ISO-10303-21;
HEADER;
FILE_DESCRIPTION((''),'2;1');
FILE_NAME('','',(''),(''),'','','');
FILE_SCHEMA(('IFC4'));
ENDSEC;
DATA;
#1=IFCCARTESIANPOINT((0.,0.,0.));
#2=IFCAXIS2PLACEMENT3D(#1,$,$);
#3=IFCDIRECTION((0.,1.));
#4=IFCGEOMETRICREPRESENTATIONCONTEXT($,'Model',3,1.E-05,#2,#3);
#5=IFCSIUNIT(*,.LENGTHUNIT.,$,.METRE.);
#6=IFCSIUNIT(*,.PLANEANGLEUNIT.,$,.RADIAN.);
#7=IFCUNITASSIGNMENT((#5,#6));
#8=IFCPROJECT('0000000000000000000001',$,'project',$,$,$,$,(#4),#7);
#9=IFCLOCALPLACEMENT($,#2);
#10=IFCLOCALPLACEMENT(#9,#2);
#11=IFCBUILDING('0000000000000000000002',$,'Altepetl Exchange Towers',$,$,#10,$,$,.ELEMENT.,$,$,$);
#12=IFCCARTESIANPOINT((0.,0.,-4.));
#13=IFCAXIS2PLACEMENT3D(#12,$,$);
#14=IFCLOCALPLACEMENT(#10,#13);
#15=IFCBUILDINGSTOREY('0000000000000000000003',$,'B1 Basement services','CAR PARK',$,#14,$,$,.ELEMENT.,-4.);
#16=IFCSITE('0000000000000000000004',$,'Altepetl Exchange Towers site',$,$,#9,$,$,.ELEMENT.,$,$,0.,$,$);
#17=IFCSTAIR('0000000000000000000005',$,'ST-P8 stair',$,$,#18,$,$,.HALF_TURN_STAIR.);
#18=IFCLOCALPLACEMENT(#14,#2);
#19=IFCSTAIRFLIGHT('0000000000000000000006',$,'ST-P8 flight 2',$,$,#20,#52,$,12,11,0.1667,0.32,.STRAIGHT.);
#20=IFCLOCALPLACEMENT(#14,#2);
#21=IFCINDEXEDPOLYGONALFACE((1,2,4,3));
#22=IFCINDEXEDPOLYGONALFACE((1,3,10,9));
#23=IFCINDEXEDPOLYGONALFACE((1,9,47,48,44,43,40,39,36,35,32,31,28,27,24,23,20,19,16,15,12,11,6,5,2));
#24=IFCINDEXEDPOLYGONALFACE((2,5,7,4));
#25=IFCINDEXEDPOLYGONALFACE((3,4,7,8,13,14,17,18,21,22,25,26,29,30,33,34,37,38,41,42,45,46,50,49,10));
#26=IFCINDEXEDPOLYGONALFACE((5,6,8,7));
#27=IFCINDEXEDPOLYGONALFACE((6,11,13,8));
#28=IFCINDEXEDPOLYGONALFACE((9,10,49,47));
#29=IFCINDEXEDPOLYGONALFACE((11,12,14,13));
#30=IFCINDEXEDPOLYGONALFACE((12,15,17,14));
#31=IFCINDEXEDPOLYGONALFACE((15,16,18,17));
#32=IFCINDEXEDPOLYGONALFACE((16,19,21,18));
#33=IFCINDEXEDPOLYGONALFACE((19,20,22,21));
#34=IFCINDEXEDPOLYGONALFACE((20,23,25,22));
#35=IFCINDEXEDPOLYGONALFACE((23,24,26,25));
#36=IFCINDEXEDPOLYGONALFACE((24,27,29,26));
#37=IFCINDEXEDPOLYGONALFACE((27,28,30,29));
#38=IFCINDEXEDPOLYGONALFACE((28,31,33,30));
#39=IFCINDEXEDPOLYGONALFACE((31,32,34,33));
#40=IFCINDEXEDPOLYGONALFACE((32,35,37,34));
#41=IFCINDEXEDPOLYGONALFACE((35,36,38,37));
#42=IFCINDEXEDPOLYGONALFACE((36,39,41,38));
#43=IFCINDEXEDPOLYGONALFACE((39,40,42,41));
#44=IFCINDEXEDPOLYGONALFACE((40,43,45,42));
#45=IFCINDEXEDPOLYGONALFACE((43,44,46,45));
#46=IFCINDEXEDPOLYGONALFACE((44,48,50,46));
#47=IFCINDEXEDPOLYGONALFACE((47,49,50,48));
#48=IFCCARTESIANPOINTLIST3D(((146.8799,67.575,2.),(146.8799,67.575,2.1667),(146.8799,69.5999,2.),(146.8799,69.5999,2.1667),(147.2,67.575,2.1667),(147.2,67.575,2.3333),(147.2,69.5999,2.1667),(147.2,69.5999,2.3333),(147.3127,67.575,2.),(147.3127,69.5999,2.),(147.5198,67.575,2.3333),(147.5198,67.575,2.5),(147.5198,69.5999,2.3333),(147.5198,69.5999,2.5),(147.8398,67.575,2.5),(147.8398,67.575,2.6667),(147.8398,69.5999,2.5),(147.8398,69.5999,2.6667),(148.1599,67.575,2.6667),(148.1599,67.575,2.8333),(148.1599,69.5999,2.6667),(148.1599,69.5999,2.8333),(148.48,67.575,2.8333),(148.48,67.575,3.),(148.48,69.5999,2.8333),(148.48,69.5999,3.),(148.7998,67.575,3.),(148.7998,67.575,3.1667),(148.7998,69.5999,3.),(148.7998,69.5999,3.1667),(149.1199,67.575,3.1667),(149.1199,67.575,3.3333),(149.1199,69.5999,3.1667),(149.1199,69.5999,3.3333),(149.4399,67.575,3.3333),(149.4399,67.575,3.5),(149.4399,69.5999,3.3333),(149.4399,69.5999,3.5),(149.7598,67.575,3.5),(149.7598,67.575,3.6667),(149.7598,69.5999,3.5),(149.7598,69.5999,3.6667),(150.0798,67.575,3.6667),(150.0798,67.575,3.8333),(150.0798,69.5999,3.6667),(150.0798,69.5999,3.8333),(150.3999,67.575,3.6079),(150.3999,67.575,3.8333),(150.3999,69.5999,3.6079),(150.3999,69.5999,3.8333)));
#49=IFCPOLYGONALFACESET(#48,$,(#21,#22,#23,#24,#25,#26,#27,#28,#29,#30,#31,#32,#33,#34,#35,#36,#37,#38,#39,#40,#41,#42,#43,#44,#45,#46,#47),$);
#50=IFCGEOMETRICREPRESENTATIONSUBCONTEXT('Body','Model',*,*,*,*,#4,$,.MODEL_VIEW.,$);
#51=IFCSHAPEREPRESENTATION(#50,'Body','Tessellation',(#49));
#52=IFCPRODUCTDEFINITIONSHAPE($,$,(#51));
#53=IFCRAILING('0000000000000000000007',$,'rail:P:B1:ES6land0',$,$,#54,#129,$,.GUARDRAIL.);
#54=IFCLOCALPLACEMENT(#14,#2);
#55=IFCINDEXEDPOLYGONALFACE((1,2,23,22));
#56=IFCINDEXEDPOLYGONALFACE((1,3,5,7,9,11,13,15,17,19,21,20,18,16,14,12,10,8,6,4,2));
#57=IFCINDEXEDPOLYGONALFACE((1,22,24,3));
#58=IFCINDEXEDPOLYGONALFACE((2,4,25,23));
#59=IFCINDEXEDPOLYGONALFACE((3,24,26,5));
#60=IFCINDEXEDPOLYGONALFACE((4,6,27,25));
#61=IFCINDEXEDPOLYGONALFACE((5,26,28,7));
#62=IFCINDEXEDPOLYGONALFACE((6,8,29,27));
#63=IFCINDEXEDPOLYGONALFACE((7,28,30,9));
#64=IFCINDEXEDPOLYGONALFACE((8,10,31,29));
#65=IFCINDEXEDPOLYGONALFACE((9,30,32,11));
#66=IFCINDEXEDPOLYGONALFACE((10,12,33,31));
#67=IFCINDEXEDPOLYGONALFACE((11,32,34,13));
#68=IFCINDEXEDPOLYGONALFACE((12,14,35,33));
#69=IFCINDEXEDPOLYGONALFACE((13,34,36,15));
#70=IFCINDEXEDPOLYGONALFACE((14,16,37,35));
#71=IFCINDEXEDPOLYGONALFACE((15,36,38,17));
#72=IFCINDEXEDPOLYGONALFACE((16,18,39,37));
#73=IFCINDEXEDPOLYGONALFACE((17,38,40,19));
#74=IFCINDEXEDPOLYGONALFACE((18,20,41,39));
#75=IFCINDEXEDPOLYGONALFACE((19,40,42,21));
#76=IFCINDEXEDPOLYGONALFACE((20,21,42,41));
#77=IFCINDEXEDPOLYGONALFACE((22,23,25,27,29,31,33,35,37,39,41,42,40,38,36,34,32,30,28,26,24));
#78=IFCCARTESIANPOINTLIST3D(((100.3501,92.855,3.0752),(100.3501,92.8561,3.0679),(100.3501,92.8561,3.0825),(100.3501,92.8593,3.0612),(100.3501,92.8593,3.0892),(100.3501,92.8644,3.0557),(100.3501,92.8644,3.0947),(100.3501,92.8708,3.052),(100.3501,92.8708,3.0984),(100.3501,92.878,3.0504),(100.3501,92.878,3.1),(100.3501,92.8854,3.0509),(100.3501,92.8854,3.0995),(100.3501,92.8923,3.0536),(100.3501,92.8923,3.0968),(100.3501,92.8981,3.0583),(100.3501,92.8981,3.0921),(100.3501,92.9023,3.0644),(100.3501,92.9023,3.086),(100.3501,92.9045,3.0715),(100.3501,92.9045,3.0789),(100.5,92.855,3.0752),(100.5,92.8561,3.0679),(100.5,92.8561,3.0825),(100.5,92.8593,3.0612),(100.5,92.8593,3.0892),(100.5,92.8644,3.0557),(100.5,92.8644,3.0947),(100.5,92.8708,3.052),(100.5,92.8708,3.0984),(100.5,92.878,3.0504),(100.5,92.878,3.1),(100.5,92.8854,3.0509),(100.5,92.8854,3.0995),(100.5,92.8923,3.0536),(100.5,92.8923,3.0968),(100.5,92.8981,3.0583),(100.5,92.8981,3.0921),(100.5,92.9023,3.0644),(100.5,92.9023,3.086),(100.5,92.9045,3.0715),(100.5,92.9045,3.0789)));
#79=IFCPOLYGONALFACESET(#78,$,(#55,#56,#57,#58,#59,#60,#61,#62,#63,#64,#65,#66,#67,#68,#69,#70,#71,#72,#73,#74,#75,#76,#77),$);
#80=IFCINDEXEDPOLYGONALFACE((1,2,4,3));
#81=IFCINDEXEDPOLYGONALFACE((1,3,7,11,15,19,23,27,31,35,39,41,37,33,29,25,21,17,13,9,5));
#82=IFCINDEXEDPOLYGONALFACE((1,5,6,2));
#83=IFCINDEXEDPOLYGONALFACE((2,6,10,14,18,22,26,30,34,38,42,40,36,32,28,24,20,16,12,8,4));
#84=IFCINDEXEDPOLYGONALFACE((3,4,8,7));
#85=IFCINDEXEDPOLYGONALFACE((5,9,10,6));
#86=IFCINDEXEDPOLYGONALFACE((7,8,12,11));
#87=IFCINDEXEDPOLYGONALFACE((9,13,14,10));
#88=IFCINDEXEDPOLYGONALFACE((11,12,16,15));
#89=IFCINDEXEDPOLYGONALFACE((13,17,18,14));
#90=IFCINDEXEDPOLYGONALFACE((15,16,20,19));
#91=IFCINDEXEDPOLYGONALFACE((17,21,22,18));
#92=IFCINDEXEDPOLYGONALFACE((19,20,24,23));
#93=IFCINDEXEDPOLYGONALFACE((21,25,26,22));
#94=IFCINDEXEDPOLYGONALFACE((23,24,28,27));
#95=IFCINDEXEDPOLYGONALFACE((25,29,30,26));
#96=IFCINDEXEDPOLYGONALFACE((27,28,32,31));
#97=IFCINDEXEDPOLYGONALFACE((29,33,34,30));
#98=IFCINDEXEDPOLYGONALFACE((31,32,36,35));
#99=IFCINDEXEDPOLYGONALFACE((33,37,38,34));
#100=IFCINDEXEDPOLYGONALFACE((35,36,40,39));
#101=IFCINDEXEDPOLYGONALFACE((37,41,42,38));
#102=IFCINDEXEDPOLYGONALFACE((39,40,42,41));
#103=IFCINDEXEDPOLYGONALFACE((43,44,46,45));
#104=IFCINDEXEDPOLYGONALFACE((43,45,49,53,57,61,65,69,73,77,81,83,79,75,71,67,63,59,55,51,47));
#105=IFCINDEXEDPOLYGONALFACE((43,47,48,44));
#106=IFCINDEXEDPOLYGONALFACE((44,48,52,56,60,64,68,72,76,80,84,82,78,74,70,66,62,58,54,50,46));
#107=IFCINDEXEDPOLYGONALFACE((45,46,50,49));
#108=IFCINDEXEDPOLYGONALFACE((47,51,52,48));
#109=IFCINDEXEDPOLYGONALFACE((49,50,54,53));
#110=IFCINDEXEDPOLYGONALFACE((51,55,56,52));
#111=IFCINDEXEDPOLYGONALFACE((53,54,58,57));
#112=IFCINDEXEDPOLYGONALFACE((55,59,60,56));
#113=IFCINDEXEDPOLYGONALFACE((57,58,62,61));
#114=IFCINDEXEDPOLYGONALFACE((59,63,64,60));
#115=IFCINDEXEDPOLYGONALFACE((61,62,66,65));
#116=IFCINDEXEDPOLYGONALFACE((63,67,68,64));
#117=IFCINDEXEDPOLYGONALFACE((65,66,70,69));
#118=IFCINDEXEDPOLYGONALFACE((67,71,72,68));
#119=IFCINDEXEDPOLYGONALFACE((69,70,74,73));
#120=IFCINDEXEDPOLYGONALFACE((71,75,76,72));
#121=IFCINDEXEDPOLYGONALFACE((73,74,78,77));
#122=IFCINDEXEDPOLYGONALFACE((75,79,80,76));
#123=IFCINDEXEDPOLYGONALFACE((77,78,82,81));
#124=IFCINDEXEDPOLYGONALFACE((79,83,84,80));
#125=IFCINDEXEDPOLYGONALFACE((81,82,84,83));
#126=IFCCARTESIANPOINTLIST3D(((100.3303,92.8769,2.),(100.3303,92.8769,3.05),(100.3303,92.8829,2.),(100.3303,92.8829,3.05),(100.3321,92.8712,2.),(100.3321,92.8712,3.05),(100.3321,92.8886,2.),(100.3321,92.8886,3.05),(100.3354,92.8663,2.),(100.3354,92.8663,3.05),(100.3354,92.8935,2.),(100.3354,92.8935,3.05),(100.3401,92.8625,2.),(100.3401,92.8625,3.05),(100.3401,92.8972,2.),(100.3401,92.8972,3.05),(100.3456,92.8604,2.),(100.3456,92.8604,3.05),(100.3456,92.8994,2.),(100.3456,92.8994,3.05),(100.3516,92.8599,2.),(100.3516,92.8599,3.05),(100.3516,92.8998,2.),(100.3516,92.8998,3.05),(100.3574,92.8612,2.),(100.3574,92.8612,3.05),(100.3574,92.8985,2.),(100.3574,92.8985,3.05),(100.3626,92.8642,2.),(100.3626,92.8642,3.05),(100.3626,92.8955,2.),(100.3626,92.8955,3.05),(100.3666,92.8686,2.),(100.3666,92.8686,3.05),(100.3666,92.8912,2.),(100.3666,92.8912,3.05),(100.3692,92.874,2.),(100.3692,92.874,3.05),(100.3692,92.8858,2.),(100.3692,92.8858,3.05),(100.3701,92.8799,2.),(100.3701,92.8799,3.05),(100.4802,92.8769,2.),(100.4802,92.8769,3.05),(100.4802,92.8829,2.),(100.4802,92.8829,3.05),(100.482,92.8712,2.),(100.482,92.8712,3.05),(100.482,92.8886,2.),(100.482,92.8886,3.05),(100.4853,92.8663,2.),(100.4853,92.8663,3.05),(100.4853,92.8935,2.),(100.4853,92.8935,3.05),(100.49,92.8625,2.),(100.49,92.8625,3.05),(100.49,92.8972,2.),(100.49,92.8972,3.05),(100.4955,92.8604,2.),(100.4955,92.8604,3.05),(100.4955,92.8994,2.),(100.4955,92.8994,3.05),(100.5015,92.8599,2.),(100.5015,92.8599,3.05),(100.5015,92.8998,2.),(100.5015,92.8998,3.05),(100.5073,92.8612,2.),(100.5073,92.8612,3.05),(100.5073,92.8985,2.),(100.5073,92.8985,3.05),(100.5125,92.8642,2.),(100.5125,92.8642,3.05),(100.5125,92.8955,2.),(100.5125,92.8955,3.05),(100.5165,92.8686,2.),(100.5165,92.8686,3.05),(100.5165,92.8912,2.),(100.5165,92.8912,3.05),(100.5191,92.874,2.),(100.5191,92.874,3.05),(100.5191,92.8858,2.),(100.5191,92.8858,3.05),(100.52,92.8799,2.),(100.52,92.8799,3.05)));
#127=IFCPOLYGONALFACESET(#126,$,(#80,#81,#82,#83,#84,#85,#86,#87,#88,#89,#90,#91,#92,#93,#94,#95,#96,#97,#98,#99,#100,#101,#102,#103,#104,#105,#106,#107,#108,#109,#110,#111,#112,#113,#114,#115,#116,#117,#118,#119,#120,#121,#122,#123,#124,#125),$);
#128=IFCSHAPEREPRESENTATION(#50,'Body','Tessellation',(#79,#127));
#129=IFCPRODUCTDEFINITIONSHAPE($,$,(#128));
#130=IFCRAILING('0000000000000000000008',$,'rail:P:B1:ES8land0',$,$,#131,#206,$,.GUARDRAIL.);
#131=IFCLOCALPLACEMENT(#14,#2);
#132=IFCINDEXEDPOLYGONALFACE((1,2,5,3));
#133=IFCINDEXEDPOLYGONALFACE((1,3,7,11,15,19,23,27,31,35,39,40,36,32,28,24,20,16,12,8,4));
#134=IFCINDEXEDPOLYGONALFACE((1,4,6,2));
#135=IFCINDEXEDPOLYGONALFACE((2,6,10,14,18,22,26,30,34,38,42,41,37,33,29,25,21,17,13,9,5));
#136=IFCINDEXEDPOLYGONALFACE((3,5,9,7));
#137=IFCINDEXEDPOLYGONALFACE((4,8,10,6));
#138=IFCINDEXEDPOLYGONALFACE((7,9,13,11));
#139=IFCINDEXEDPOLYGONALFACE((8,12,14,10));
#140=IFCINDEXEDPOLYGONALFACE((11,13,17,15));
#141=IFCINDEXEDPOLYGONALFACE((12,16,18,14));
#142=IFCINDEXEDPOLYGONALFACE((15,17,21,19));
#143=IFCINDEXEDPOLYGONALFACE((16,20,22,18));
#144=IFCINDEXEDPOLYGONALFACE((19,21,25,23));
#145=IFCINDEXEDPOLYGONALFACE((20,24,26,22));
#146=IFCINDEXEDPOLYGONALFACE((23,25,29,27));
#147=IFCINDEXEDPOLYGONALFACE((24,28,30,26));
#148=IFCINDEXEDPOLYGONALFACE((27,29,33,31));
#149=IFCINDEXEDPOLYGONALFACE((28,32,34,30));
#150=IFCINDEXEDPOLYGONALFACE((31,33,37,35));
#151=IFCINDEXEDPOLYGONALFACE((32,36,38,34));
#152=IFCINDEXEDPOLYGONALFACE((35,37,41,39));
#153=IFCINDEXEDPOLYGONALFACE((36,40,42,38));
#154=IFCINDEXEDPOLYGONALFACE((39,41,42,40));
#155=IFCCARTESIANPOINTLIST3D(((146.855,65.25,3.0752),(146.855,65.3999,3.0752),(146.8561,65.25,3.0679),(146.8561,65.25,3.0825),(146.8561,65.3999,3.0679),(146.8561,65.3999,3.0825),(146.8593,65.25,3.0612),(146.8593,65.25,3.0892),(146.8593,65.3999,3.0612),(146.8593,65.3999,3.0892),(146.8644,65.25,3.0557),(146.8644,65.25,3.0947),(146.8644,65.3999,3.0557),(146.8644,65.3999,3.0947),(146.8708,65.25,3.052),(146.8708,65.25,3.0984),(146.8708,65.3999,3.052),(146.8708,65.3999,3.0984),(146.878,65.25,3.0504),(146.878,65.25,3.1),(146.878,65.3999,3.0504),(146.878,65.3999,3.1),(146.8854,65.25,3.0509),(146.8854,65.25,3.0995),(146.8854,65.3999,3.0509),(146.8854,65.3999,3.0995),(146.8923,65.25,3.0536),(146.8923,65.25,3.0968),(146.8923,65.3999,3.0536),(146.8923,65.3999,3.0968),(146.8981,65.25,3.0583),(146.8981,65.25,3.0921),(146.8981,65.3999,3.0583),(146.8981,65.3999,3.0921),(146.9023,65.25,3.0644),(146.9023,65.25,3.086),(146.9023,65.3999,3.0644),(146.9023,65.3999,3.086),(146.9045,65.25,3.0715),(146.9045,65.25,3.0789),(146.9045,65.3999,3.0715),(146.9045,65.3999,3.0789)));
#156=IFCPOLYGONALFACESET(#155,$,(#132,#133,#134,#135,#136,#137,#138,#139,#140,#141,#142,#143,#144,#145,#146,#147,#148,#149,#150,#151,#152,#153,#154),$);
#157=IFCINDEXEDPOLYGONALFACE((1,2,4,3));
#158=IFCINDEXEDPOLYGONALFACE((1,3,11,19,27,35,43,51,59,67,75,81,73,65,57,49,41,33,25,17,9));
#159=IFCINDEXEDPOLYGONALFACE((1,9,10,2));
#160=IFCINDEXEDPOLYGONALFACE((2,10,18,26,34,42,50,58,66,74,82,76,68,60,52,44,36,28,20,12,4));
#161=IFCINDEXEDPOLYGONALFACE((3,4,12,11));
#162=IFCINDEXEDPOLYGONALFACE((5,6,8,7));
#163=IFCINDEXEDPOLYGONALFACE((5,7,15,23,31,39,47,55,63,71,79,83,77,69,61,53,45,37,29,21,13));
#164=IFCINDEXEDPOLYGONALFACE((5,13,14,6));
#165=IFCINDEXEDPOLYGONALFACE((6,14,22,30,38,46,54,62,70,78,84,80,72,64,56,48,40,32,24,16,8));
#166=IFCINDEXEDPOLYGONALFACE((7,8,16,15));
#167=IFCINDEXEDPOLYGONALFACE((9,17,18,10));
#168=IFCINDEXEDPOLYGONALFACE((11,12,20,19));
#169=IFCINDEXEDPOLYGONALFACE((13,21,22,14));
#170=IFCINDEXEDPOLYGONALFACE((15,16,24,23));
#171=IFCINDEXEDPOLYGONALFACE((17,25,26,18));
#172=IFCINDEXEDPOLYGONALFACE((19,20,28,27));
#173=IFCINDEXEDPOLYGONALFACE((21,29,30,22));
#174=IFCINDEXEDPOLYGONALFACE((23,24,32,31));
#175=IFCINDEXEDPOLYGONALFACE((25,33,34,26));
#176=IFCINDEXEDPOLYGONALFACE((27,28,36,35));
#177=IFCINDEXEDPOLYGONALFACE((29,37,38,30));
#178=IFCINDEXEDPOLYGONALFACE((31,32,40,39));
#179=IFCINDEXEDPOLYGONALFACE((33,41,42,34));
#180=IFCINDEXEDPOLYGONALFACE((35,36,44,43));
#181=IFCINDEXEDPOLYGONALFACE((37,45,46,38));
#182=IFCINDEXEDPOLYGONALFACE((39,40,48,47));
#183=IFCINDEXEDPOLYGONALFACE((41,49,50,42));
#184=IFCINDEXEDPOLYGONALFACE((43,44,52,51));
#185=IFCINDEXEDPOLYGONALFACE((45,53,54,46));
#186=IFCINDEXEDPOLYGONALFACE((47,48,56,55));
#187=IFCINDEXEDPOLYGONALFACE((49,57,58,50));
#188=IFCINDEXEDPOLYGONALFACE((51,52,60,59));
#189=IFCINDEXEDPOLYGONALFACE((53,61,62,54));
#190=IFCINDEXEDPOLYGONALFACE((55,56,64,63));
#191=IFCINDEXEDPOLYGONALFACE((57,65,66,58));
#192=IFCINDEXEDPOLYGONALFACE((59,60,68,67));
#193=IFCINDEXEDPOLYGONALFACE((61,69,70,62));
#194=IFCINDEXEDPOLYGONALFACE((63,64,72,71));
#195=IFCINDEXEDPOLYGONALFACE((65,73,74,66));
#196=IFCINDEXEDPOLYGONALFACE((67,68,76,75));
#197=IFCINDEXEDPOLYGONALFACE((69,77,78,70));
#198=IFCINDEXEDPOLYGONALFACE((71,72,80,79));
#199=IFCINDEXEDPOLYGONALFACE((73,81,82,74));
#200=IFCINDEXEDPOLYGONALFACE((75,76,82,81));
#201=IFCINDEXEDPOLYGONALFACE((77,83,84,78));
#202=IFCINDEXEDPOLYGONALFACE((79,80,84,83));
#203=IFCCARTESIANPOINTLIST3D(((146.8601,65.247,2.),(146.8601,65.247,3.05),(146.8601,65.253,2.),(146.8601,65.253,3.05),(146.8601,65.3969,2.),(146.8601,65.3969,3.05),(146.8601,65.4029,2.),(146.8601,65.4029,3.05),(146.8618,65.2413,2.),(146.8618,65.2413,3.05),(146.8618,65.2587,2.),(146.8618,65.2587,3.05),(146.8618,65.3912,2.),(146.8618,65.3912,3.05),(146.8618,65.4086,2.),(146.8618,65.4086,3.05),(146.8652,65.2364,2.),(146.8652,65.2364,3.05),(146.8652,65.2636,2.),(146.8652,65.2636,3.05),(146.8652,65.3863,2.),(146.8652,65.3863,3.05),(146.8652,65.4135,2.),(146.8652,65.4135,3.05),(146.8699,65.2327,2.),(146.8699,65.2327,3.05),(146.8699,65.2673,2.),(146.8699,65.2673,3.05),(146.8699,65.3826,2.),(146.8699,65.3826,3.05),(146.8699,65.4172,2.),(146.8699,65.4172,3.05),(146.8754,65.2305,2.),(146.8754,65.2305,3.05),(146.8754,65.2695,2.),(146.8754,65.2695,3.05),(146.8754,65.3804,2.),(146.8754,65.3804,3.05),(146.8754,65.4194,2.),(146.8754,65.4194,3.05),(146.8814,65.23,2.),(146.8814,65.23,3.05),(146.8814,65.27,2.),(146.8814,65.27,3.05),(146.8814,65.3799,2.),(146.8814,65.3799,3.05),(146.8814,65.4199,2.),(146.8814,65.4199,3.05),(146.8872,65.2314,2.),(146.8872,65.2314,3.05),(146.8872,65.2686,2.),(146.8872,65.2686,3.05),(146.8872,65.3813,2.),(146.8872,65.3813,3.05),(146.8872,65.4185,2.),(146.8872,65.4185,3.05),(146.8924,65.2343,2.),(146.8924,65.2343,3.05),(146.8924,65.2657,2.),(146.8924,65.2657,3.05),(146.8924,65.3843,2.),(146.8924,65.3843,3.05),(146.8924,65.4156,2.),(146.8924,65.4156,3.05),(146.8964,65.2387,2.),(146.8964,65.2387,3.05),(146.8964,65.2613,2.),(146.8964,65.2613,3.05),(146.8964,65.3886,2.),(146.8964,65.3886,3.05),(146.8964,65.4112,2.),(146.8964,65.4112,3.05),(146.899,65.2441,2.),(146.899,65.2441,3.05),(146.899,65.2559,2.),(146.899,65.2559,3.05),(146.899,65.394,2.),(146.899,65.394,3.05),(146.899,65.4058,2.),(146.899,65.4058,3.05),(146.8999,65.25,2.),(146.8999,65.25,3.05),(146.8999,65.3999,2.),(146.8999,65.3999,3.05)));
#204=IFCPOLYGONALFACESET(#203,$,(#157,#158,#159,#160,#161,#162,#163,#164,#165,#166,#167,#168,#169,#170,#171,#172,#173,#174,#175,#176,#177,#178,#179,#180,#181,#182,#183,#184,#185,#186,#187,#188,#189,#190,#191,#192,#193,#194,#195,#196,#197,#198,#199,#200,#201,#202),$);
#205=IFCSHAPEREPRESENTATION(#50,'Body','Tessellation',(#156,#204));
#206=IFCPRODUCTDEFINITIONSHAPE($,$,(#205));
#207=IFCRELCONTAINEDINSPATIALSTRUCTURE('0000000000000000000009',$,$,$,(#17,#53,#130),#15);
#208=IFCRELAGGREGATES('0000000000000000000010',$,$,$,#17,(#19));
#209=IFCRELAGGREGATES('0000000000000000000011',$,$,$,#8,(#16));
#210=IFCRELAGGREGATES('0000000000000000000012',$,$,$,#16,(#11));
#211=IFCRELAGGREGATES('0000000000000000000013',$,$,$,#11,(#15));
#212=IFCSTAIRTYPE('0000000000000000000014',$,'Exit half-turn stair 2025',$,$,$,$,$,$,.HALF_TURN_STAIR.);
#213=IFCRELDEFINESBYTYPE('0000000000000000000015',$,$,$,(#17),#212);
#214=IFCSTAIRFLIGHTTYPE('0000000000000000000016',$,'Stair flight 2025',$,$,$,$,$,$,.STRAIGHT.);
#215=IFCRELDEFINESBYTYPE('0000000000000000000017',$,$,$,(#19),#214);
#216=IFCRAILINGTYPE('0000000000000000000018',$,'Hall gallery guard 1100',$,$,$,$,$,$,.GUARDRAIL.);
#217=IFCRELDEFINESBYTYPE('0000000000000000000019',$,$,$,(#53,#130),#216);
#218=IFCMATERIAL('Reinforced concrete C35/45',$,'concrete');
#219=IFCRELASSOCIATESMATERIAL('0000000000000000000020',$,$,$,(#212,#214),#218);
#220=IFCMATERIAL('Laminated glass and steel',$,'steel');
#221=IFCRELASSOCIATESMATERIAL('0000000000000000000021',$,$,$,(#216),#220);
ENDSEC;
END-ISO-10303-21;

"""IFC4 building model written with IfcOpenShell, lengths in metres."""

from ifc_helpers import new_model, si_unit, direction, frame, origin, origin_2d, place, context, subcontext, project, spatial, polyline, circle, outline, extrude, source, transform, mapped, material, type_object, element, aggregate, save


model = new_model("IFC4")

# Units and contexts
model_context = context("Model", 3, precision=1e-05, world=origin(), true_north=direction((0.0, 1.0)))
body_context = subcontext(model_context, "Body", "Model", "MODEL_VIEW")
ifc_project = project(units=[si_unit("LENGTHUNIT", "METRE"), si_unit("PLANEANGLEUNIT", "RADIAN")], contexts=[model_context])

# Site, building, storey
site_placement = place(None, origin())
site = spatial("IfcSite", under=ifc_project, at=site_placement, Name="Altepetl Exchange Towers site", CompositionType="ELEMENT", RefElevation=0.0)
building_placement = place(site_placement, origin())
building = spatial("IfcBuilding", under=site, at=building_placement, Name="Altepetl Exchange Towers", CompositionType="ELEMENT")
storey_placement = place(building_placement, frame((0.0, 0.0, -4.0)))
storey = spatial("IfcBuildingStorey", under=building, at=storey_placement, Name="B1 Basement services", Description="CAR PARK", CompositionType="ELEMENT", Elevation=-4.0)

# Shared definitions
ifc_material_1 = material(Name="Reinforced concrete C35/45", Category="concrete")

# Shared definitions
stair_type = type_object("IfcStairType", Name="Exit half-turn stair 2025", PredefinedType="HALF_TURN_STAIR", material=ifc_material_1)
stair_flight_type = type_object("IfcStairFlightType", Name="Stair flight 2025", PredefinedType="STRAIGHT", material=ifc_material_1)

# Stair, stair flight
stair_1_placement = place(storey_placement, origin())
stair_1 = element("IfcStair", 1, at=stair_1_placement, inside=storey, type_object=stair_type, Name="ST-P8 stair", PredefinedType="HALF_TURN_STAIR")
stair_flight_1_placement = place(storey_placement, frame((146.8799, 68.5874, 2.0)))
stair_flight_1 = element("IfcStairFlight", 2, at=stair_flight_1_placement, type_object=stair_flight_type, Name="ST-P8 flight 2", NumberOfRisers=12, NumberOfTreads=11, PredefinedType="STRAIGHT", RiserHeight=0.1667, TreadLength=0.32, context=body_context, shape_type="SweptSolid", body=[
    extrude(outline(polyline([(0.0, 0.0), (0.0, 0.1667), (0.3201, 0.1667), (0.3201, 0.3333), (0.6399, 0.3333), (0.6399, 0.5), (0.96, 0.5), (0.96, 0.6667), (1.28, 0.6667), (1.28, 0.8333), (1.6001, 0.8333), (1.6001, 1.0), (1.9199, 1.0), (1.9199, 1.1667), (2.24, 1.1667), (2.24, 1.3333), (2.5601, 1.3333), (2.5601, 1.5), (2.8799, 1.5), (2.8799, 1.6667), (3.2, 1.6667), (3.2, 1.8333), (3.52, 1.8333), (3.52, 2.0), (3.52, 1.6079), (0.4329, 0.0), (0.0, 0.0)])), frame((0.0, 1.0125, 0.0), z_axis=(0.0, -1.0, 0.0), x_axis=(1.0, 0.0, 0.0)), (0.0, 0.0, 1.0), 2.0249),
])
aggregate(stair_1, [stair_flight_1])

# Railings
ifc_material_2 = material(Name="Laminated glass and steel", Category="steel")
railing_type_1 = type_object("IfcRailingType", Name="Hall gallery guard 1100", PredefinedType="GUARDRAIL", material=ifc_material_2)
shared_shape_1 = source(origin(), body_context, "Body", "SweptSolid", [
    extrude(circle(Radius=0.02, at=origin_2d()), origin(), (0.0, 0.0, 1.0), 1.05),
])
railing_1_placement = place(storey_placement, frame((100.5, 92.8799, 2.0)))
element("IfcRailing", 3, at=railing_1_placement, inside=storey, type_object=railing_type_1, Name="rail:P:B1:ES6land0", PredefinedType="GUARDRAIL", context=body_context, shape_type="SweptSolid", body=[
    extrude(circle(Radius=0.0249, at=origin_2d()), frame((0.0, 0.0, 1.0752), z_axis=(-1.0, 0.0, 0.0), x_axis=(0.0, -1.0, 0.0)), (0.0, 0.0, 1.0), 0.1499),
    mapped(shared_shape_1, transform((0.0, 0.0, 0.0))),
    mapped(shared_shape_1, transform((-0.1499, 0.0, 0.0))),
])
for number, where, name in (
    (4, (146.8799, 65.25, 2.0), "rail:P:B1:ES8land0"),
):
    element("IfcRailing", number, at=place(storey_placement, frame(where)), inside=storey, type_object=railing_type_1, Name=name, PredefinedType="GUARDRAIL", context=body_context, shape_type="SweptSolid", body=[
        extrude(circle(Radius=0.0249, at=origin_2d()), frame((0.0, 0.0, 1.0752), z_axis=(0.0, 1.0, 0.0), x_axis=(-1.0, 0.0, 0.0)), (0.0, 0.0, 1.0), 0.1499),
        mapped(shared_shape_1, transform((0.0, 0.0, 0.0))),
        mapped(shared_shape_1, transform((0.0, 0.1499, 0.0))),
    ])

save(model, "model.ifc")
